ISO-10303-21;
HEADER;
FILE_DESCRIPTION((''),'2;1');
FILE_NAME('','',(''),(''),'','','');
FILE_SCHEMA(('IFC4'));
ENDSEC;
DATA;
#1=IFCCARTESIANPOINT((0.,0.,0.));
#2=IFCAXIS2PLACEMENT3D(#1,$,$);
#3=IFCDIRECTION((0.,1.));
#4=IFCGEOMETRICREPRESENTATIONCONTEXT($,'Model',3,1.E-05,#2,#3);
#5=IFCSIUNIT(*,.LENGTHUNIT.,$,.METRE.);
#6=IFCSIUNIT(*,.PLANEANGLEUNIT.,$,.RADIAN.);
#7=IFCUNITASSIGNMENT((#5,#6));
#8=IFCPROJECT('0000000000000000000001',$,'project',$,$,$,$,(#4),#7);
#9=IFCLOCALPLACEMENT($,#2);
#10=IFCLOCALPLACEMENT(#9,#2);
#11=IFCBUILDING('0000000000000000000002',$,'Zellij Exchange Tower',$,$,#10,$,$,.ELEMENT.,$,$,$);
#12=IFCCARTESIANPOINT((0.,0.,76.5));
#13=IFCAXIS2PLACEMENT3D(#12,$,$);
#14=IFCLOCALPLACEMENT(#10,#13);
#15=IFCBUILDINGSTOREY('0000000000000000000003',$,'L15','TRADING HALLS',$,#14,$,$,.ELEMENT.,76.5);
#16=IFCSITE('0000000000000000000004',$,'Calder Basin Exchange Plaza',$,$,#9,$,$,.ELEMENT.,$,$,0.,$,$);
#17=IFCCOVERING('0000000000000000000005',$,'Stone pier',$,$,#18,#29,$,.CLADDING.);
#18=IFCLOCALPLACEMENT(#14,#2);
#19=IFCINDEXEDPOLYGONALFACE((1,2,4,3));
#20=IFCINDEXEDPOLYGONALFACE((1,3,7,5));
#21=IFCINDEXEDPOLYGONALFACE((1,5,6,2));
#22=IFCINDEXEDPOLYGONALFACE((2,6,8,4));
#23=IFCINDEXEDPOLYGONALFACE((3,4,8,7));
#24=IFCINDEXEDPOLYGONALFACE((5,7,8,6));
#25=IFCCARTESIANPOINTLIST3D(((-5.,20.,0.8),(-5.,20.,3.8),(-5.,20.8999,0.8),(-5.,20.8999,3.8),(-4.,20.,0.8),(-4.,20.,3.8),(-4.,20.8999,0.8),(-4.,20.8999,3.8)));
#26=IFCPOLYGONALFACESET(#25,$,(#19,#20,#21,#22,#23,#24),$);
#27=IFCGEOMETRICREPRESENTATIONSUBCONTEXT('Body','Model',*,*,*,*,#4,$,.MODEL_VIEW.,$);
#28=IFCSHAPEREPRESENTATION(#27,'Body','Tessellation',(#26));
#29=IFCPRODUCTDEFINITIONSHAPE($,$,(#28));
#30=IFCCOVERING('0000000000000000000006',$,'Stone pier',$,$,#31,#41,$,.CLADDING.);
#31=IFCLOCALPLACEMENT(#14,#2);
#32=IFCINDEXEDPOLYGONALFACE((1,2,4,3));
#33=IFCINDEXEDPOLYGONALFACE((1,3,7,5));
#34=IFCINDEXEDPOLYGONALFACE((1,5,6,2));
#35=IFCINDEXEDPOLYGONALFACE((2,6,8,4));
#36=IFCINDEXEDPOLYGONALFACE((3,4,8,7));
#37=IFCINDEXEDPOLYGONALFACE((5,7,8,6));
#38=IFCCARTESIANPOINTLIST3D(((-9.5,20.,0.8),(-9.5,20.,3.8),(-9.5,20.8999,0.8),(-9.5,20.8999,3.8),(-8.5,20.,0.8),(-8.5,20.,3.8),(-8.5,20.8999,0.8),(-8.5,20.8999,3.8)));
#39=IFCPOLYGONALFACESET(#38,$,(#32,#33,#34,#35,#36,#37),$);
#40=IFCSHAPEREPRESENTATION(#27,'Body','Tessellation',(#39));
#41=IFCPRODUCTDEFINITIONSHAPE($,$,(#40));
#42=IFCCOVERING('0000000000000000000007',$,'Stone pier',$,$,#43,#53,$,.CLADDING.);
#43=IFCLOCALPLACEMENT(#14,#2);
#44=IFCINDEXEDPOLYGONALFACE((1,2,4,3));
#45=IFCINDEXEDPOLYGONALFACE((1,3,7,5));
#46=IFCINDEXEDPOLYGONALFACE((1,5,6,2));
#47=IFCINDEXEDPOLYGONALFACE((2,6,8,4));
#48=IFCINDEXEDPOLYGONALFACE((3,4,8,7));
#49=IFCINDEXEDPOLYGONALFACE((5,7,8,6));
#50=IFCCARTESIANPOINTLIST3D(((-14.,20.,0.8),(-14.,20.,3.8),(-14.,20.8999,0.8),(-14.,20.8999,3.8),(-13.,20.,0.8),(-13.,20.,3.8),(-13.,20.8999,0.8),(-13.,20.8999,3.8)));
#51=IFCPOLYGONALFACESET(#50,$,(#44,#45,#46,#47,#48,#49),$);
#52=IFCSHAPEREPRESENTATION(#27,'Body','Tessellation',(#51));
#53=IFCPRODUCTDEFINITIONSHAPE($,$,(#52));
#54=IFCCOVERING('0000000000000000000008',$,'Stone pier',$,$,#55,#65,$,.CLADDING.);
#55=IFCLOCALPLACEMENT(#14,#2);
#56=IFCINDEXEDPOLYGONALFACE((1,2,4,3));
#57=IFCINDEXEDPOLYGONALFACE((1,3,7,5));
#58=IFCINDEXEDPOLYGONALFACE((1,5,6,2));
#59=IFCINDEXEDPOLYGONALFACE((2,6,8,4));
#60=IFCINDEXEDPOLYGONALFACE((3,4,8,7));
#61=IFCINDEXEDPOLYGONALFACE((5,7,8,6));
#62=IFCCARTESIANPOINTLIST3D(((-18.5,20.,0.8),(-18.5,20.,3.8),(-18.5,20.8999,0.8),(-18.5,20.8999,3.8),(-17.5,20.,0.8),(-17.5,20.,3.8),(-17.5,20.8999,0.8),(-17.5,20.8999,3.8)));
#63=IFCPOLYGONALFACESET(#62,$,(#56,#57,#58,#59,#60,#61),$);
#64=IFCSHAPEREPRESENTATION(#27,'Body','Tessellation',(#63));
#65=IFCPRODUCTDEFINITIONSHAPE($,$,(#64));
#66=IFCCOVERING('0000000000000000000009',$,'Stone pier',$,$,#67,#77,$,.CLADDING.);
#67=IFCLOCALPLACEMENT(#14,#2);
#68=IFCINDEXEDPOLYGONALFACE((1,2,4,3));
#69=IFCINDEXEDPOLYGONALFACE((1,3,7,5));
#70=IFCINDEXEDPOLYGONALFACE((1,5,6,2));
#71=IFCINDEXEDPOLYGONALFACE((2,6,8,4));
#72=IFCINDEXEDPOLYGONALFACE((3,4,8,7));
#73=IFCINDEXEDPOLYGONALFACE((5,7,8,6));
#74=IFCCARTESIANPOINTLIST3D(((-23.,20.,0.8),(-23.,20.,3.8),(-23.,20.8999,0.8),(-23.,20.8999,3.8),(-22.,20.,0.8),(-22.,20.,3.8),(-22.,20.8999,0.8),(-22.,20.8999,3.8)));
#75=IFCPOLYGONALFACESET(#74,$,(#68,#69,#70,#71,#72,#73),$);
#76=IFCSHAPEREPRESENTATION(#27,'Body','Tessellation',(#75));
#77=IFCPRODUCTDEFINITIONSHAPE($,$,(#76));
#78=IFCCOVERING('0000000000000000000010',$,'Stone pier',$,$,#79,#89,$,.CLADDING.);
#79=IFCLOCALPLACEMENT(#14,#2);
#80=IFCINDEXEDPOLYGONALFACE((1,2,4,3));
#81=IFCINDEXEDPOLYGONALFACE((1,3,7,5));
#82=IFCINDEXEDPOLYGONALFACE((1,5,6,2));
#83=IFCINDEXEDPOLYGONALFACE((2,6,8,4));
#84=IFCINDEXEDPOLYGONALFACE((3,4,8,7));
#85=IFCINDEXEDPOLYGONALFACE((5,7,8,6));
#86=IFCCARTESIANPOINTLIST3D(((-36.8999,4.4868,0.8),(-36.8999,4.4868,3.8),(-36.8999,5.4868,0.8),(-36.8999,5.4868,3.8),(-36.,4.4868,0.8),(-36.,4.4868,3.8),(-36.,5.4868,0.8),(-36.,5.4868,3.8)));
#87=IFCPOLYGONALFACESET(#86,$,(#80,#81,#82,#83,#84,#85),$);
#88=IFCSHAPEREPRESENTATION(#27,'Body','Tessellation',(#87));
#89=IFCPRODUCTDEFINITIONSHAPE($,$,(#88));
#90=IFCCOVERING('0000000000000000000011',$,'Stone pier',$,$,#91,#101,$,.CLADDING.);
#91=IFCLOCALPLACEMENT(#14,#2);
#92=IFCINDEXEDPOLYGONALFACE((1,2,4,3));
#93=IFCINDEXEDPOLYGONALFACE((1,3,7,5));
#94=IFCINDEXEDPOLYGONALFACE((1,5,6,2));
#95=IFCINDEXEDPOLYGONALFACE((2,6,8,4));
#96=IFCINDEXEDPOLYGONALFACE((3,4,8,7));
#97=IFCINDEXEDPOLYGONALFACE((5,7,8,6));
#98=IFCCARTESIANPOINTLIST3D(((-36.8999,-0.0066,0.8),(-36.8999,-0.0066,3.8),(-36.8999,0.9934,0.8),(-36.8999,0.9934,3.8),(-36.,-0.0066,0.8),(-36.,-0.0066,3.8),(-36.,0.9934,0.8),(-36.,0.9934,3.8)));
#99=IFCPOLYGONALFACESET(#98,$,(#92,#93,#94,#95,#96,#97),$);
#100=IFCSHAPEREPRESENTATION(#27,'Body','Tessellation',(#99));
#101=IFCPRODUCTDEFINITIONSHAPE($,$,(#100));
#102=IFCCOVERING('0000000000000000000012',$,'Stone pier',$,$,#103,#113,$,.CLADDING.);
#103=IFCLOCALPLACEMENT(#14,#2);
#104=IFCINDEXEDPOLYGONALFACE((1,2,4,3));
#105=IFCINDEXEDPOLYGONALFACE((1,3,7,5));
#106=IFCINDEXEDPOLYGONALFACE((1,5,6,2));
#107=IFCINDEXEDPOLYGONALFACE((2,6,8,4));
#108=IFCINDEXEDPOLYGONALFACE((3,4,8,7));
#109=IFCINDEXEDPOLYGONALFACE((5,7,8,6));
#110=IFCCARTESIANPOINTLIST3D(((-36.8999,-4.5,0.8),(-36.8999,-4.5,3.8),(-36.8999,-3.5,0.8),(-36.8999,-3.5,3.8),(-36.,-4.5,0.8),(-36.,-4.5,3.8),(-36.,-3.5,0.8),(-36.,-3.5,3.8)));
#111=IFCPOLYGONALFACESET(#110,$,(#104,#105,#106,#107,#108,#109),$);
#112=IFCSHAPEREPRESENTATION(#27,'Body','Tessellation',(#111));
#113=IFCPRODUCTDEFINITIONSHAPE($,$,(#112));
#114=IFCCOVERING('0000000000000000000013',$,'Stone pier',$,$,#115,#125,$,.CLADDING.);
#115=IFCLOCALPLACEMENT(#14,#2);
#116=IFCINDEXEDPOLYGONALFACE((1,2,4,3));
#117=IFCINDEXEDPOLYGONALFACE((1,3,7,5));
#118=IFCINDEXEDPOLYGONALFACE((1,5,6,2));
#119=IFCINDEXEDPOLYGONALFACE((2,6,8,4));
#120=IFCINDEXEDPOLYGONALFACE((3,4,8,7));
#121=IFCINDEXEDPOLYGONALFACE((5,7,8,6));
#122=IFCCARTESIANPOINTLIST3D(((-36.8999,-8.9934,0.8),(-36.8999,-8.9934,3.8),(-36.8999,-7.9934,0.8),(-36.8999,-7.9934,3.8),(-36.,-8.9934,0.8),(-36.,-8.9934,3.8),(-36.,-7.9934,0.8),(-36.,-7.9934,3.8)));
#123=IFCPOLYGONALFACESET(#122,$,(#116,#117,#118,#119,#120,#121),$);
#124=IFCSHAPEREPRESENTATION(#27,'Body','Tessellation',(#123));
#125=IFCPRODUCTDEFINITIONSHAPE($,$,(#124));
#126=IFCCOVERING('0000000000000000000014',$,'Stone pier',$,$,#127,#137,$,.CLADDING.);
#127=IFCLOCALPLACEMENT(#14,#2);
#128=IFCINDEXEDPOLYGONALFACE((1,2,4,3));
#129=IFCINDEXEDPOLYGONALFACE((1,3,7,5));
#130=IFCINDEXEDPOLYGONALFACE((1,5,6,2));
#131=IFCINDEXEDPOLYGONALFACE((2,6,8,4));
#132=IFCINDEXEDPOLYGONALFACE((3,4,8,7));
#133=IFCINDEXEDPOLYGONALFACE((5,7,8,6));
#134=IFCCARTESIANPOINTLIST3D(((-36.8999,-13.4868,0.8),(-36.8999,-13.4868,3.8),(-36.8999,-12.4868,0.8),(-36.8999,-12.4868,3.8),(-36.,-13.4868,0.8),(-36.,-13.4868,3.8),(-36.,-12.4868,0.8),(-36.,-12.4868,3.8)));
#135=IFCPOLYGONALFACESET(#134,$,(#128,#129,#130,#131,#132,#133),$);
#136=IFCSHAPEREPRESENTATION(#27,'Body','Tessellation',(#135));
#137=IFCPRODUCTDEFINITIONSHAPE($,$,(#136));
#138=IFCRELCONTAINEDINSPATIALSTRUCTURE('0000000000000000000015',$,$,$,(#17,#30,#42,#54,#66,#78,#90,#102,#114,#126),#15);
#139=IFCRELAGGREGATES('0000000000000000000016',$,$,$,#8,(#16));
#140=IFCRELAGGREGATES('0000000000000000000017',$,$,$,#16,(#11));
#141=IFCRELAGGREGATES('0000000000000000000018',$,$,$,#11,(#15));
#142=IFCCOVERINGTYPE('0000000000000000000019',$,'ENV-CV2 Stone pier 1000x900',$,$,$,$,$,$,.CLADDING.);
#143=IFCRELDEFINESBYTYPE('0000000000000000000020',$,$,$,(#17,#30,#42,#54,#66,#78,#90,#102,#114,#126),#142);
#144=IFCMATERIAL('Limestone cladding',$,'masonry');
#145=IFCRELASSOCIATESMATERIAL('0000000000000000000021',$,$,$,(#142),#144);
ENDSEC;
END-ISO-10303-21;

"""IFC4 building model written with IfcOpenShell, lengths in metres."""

from ifc_helpers import new_model, si_unit, direction, frame, origin, place, context, subcontext, project, spatial, polyline, outline, extrude, material, type_object, element, save


model = new_model("IFC4")

# Units and contexts
model_context = context("Model", 3, precision=1e-05, world=origin(), true_north=direction((0.0, 1.0)))
body_context = subcontext(model_context, "Body", "Model", "MODEL_VIEW")
ifc_project = project(units=[si_unit("LENGTHUNIT", "METRE"), si_unit("PLANEANGLEUNIT", "RADIAN")], contexts=[model_context])

# Site, building, storey
site_placement = place(None, origin())
site = spatial("IfcSite", under=ifc_project, at=site_placement, Name="Calder Basin Exchange Plaza", CompositionType="ELEMENT", RefElevation=0.0)
building_placement = place(site_placement, origin())
building = spatial("IfcBuilding", under=site, at=building_placement, Name="Zellij Exchange Tower", CompositionType="ELEMENT")
storey_placement = place(building_placement, frame((0.0, 0.0, 76.5)))
storey = spatial("IfcBuildingStorey", under=building, at=storey_placement, Name="L15", Description="TRADING HALLS", CompositionType="ELEMENT", Elevation=76.5)

# Coverings
ifc_material_1 = material(Name="Limestone cladding", Category="masonry")
covering_type_1 = type_object("IfcCoveringType", Name="ENV-CV2 Stone pier 1000x900", PredefinedType="CLADDING", material=ifc_material_1)
covering_1_placement = place(storey_placement, frame((0.0, 0.0, 0.8)))
element("IfcCovering", 1, at=covering_1_placement, inside=storey, type_object=covering_type_1, Name="Stone pier", PredefinedType="CLADDING", context=body_context, shape_type="SweptSolid", body=[
    extrude(outline(polyline([(-4.0, 20.0), (-5.0, 20.0), (-5.0, 20.8999), (-4.0, 20.8999), (-4.0, 20.0)])), origin(), (0.0, 0.0, 1.0), 3.0),
])
covering_2_placement = place(storey_placement, frame((0.0, 0.0, 0.8)))
element("IfcCovering", 2, at=covering_2_placement, inside=storey, type_object=covering_type_1, Name="Stone pier", PredefinedType="CLADDING", context=body_context, shape_type="SweptSolid", body=[
    extrude(outline(polyline([(-8.5, 20.0), (-9.5, 20.0), (-9.5, 20.8999), (-8.5, 20.8999), (-8.5, 20.0)])), origin(), (0.0, 0.0, 1.0), 3.0),
])
covering_3_placement = place(storey_placement, frame((0.0, 0.0, 0.8)))
element("IfcCovering", 3, at=covering_3_placement, inside=storey, type_object=covering_type_1, Name="Stone pier", PredefinedType="CLADDING", context=body_context, shape_type="SweptSolid", body=[
    extrude(outline(polyline([(-13.0, 20.0), (-14.0, 20.0), (-14.0, 20.8999), (-13.0, 20.8999), (-13.0, 20.0)])), origin(), (0.0, 0.0, 1.0), 3.0),
])
covering_4_placement = place(storey_placement, frame((0.0, 0.0, 0.8)))
element("IfcCovering", 4, at=covering_4_placement, inside=storey, type_object=covering_type_1, Name="Stone pier", PredefinedType="CLADDING", context=body_context, shape_type="SweptSolid", body=[
    extrude(outline(polyline([(-17.5, 20.0), (-18.5, 20.0), (-18.5, 20.8999), (-17.5, 20.8999), (-17.5, 20.0)])), origin(), (0.0, 0.0, 1.0), 3.0),
])
covering_5_placement = place(storey_placement, frame((0.0, 0.0, 0.8)))
element("IfcCovering", 5, at=covering_5_placement, inside=storey, type_object=covering_type_1, Name="Stone pier", PredefinedType="CLADDING", context=body_context, shape_type="SweptSolid", body=[
    extrude(outline(polyline([(-22.0, 20.0), (-23.0, 20.0), (-23.0, 20.8999), (-22.0, 20.8999), (-22.0, 20.0)])), origin(), (0.0, 0.0, 1.0), 3.0),
])
covering_6_placement = place(storey_placement, frame((0.0, 0.0, 0.8)))
element("IfcCovering", 6, at=covering_6_placement, inside=storey, type_object=covering_type_1, Name="Stone pier", PredefinedType="CLADDING", context=body_context, shape_type="SweptSolid", body=[
    extrude(outline(polyline([(-36.0, 5.4868), (-36.0, 4.4868), (-36.8999, 4.4868), (-36.8999, 5.4868), (-36.0, 5.4868)])), origin(), (0.0, 0.0, 1.0), 3.0),
])
covering_7_placement = place(storey_placement, frame((0.0, 0.0, 0.8)))
element("IfcCovering", 7, at=covering_7_placement, inside=storey, type_object=covering_type_1, Name="Stone pier", PredefinedType="CLADDING", context=body_context, shape_type="SweptSolid", body=[
    extrude(outline(polyline([(-36.0, 0.9934), (-36.0, -0.0066), (-36.8999, -0.0066), (-36.8999, 0.9934), (-36.0, 0.9934)])), origin(), (0.0, 0.0, 1.0), 3.0),
])
covering_8_placement = place(storey_placement, frame((0.0, 0.0, 0.8)))
element("IfcCovering", 8, at=covering_8_placement, inside=storey, type_object=covering_type_1, Name="Stone pier", PredefinedType="CLADDING", context=body_context, shape_type="SweptSolid", body=[
    extrude(outline(polyline([(-36.0, -3.5), (-36.0, -4.5), (-36.8999, -4.5), (-36.8999, -3.5), (-36.0, -3.5)])), origin(), (0.0, 0.0, 1.0), 3.0),
])
covering_9_placement = place(storey_placement, frame((0.0, 0.0, 0.8)))
element("IfcCovering", 9, at=covering_9_placement, inside=storey, type_object=covering_type_1, Name="Stone pier", PredefinedType="CLADDING", context=body_context, shape_type="SweptSolid", body=[
    extrude(outline(polyline([(-36.0, -7.9934), (-36.0, -8.9934), (-36.8999, -8.9934), (-36.8999, -7.9934), (-36.0, -7.9934)])), origin(), (0.0, 0.0, 1.0), 3.0),
])
covering_10_placement = place(storey_placement, frame((0.0, 0.0, 0.8)))
element("IfcCovering", 10, at=covering_10_placement, inside=storey, type_object=covering_type_1, Name="Stone pier", PredefinedType="CLADDING", context=body_context, shape_type="SweptSolid", body=[
    extrude(outline(polyline([(-36.0, -12.4868), (-36.0, -13.4868), (-36.8999, -13.4868), (-36.8999, -12.4868), (-36.0, -12.4868)])), origin(), (0.0, 0.0, 1.0), 3.0),
])

save(model, "model.ifc")
